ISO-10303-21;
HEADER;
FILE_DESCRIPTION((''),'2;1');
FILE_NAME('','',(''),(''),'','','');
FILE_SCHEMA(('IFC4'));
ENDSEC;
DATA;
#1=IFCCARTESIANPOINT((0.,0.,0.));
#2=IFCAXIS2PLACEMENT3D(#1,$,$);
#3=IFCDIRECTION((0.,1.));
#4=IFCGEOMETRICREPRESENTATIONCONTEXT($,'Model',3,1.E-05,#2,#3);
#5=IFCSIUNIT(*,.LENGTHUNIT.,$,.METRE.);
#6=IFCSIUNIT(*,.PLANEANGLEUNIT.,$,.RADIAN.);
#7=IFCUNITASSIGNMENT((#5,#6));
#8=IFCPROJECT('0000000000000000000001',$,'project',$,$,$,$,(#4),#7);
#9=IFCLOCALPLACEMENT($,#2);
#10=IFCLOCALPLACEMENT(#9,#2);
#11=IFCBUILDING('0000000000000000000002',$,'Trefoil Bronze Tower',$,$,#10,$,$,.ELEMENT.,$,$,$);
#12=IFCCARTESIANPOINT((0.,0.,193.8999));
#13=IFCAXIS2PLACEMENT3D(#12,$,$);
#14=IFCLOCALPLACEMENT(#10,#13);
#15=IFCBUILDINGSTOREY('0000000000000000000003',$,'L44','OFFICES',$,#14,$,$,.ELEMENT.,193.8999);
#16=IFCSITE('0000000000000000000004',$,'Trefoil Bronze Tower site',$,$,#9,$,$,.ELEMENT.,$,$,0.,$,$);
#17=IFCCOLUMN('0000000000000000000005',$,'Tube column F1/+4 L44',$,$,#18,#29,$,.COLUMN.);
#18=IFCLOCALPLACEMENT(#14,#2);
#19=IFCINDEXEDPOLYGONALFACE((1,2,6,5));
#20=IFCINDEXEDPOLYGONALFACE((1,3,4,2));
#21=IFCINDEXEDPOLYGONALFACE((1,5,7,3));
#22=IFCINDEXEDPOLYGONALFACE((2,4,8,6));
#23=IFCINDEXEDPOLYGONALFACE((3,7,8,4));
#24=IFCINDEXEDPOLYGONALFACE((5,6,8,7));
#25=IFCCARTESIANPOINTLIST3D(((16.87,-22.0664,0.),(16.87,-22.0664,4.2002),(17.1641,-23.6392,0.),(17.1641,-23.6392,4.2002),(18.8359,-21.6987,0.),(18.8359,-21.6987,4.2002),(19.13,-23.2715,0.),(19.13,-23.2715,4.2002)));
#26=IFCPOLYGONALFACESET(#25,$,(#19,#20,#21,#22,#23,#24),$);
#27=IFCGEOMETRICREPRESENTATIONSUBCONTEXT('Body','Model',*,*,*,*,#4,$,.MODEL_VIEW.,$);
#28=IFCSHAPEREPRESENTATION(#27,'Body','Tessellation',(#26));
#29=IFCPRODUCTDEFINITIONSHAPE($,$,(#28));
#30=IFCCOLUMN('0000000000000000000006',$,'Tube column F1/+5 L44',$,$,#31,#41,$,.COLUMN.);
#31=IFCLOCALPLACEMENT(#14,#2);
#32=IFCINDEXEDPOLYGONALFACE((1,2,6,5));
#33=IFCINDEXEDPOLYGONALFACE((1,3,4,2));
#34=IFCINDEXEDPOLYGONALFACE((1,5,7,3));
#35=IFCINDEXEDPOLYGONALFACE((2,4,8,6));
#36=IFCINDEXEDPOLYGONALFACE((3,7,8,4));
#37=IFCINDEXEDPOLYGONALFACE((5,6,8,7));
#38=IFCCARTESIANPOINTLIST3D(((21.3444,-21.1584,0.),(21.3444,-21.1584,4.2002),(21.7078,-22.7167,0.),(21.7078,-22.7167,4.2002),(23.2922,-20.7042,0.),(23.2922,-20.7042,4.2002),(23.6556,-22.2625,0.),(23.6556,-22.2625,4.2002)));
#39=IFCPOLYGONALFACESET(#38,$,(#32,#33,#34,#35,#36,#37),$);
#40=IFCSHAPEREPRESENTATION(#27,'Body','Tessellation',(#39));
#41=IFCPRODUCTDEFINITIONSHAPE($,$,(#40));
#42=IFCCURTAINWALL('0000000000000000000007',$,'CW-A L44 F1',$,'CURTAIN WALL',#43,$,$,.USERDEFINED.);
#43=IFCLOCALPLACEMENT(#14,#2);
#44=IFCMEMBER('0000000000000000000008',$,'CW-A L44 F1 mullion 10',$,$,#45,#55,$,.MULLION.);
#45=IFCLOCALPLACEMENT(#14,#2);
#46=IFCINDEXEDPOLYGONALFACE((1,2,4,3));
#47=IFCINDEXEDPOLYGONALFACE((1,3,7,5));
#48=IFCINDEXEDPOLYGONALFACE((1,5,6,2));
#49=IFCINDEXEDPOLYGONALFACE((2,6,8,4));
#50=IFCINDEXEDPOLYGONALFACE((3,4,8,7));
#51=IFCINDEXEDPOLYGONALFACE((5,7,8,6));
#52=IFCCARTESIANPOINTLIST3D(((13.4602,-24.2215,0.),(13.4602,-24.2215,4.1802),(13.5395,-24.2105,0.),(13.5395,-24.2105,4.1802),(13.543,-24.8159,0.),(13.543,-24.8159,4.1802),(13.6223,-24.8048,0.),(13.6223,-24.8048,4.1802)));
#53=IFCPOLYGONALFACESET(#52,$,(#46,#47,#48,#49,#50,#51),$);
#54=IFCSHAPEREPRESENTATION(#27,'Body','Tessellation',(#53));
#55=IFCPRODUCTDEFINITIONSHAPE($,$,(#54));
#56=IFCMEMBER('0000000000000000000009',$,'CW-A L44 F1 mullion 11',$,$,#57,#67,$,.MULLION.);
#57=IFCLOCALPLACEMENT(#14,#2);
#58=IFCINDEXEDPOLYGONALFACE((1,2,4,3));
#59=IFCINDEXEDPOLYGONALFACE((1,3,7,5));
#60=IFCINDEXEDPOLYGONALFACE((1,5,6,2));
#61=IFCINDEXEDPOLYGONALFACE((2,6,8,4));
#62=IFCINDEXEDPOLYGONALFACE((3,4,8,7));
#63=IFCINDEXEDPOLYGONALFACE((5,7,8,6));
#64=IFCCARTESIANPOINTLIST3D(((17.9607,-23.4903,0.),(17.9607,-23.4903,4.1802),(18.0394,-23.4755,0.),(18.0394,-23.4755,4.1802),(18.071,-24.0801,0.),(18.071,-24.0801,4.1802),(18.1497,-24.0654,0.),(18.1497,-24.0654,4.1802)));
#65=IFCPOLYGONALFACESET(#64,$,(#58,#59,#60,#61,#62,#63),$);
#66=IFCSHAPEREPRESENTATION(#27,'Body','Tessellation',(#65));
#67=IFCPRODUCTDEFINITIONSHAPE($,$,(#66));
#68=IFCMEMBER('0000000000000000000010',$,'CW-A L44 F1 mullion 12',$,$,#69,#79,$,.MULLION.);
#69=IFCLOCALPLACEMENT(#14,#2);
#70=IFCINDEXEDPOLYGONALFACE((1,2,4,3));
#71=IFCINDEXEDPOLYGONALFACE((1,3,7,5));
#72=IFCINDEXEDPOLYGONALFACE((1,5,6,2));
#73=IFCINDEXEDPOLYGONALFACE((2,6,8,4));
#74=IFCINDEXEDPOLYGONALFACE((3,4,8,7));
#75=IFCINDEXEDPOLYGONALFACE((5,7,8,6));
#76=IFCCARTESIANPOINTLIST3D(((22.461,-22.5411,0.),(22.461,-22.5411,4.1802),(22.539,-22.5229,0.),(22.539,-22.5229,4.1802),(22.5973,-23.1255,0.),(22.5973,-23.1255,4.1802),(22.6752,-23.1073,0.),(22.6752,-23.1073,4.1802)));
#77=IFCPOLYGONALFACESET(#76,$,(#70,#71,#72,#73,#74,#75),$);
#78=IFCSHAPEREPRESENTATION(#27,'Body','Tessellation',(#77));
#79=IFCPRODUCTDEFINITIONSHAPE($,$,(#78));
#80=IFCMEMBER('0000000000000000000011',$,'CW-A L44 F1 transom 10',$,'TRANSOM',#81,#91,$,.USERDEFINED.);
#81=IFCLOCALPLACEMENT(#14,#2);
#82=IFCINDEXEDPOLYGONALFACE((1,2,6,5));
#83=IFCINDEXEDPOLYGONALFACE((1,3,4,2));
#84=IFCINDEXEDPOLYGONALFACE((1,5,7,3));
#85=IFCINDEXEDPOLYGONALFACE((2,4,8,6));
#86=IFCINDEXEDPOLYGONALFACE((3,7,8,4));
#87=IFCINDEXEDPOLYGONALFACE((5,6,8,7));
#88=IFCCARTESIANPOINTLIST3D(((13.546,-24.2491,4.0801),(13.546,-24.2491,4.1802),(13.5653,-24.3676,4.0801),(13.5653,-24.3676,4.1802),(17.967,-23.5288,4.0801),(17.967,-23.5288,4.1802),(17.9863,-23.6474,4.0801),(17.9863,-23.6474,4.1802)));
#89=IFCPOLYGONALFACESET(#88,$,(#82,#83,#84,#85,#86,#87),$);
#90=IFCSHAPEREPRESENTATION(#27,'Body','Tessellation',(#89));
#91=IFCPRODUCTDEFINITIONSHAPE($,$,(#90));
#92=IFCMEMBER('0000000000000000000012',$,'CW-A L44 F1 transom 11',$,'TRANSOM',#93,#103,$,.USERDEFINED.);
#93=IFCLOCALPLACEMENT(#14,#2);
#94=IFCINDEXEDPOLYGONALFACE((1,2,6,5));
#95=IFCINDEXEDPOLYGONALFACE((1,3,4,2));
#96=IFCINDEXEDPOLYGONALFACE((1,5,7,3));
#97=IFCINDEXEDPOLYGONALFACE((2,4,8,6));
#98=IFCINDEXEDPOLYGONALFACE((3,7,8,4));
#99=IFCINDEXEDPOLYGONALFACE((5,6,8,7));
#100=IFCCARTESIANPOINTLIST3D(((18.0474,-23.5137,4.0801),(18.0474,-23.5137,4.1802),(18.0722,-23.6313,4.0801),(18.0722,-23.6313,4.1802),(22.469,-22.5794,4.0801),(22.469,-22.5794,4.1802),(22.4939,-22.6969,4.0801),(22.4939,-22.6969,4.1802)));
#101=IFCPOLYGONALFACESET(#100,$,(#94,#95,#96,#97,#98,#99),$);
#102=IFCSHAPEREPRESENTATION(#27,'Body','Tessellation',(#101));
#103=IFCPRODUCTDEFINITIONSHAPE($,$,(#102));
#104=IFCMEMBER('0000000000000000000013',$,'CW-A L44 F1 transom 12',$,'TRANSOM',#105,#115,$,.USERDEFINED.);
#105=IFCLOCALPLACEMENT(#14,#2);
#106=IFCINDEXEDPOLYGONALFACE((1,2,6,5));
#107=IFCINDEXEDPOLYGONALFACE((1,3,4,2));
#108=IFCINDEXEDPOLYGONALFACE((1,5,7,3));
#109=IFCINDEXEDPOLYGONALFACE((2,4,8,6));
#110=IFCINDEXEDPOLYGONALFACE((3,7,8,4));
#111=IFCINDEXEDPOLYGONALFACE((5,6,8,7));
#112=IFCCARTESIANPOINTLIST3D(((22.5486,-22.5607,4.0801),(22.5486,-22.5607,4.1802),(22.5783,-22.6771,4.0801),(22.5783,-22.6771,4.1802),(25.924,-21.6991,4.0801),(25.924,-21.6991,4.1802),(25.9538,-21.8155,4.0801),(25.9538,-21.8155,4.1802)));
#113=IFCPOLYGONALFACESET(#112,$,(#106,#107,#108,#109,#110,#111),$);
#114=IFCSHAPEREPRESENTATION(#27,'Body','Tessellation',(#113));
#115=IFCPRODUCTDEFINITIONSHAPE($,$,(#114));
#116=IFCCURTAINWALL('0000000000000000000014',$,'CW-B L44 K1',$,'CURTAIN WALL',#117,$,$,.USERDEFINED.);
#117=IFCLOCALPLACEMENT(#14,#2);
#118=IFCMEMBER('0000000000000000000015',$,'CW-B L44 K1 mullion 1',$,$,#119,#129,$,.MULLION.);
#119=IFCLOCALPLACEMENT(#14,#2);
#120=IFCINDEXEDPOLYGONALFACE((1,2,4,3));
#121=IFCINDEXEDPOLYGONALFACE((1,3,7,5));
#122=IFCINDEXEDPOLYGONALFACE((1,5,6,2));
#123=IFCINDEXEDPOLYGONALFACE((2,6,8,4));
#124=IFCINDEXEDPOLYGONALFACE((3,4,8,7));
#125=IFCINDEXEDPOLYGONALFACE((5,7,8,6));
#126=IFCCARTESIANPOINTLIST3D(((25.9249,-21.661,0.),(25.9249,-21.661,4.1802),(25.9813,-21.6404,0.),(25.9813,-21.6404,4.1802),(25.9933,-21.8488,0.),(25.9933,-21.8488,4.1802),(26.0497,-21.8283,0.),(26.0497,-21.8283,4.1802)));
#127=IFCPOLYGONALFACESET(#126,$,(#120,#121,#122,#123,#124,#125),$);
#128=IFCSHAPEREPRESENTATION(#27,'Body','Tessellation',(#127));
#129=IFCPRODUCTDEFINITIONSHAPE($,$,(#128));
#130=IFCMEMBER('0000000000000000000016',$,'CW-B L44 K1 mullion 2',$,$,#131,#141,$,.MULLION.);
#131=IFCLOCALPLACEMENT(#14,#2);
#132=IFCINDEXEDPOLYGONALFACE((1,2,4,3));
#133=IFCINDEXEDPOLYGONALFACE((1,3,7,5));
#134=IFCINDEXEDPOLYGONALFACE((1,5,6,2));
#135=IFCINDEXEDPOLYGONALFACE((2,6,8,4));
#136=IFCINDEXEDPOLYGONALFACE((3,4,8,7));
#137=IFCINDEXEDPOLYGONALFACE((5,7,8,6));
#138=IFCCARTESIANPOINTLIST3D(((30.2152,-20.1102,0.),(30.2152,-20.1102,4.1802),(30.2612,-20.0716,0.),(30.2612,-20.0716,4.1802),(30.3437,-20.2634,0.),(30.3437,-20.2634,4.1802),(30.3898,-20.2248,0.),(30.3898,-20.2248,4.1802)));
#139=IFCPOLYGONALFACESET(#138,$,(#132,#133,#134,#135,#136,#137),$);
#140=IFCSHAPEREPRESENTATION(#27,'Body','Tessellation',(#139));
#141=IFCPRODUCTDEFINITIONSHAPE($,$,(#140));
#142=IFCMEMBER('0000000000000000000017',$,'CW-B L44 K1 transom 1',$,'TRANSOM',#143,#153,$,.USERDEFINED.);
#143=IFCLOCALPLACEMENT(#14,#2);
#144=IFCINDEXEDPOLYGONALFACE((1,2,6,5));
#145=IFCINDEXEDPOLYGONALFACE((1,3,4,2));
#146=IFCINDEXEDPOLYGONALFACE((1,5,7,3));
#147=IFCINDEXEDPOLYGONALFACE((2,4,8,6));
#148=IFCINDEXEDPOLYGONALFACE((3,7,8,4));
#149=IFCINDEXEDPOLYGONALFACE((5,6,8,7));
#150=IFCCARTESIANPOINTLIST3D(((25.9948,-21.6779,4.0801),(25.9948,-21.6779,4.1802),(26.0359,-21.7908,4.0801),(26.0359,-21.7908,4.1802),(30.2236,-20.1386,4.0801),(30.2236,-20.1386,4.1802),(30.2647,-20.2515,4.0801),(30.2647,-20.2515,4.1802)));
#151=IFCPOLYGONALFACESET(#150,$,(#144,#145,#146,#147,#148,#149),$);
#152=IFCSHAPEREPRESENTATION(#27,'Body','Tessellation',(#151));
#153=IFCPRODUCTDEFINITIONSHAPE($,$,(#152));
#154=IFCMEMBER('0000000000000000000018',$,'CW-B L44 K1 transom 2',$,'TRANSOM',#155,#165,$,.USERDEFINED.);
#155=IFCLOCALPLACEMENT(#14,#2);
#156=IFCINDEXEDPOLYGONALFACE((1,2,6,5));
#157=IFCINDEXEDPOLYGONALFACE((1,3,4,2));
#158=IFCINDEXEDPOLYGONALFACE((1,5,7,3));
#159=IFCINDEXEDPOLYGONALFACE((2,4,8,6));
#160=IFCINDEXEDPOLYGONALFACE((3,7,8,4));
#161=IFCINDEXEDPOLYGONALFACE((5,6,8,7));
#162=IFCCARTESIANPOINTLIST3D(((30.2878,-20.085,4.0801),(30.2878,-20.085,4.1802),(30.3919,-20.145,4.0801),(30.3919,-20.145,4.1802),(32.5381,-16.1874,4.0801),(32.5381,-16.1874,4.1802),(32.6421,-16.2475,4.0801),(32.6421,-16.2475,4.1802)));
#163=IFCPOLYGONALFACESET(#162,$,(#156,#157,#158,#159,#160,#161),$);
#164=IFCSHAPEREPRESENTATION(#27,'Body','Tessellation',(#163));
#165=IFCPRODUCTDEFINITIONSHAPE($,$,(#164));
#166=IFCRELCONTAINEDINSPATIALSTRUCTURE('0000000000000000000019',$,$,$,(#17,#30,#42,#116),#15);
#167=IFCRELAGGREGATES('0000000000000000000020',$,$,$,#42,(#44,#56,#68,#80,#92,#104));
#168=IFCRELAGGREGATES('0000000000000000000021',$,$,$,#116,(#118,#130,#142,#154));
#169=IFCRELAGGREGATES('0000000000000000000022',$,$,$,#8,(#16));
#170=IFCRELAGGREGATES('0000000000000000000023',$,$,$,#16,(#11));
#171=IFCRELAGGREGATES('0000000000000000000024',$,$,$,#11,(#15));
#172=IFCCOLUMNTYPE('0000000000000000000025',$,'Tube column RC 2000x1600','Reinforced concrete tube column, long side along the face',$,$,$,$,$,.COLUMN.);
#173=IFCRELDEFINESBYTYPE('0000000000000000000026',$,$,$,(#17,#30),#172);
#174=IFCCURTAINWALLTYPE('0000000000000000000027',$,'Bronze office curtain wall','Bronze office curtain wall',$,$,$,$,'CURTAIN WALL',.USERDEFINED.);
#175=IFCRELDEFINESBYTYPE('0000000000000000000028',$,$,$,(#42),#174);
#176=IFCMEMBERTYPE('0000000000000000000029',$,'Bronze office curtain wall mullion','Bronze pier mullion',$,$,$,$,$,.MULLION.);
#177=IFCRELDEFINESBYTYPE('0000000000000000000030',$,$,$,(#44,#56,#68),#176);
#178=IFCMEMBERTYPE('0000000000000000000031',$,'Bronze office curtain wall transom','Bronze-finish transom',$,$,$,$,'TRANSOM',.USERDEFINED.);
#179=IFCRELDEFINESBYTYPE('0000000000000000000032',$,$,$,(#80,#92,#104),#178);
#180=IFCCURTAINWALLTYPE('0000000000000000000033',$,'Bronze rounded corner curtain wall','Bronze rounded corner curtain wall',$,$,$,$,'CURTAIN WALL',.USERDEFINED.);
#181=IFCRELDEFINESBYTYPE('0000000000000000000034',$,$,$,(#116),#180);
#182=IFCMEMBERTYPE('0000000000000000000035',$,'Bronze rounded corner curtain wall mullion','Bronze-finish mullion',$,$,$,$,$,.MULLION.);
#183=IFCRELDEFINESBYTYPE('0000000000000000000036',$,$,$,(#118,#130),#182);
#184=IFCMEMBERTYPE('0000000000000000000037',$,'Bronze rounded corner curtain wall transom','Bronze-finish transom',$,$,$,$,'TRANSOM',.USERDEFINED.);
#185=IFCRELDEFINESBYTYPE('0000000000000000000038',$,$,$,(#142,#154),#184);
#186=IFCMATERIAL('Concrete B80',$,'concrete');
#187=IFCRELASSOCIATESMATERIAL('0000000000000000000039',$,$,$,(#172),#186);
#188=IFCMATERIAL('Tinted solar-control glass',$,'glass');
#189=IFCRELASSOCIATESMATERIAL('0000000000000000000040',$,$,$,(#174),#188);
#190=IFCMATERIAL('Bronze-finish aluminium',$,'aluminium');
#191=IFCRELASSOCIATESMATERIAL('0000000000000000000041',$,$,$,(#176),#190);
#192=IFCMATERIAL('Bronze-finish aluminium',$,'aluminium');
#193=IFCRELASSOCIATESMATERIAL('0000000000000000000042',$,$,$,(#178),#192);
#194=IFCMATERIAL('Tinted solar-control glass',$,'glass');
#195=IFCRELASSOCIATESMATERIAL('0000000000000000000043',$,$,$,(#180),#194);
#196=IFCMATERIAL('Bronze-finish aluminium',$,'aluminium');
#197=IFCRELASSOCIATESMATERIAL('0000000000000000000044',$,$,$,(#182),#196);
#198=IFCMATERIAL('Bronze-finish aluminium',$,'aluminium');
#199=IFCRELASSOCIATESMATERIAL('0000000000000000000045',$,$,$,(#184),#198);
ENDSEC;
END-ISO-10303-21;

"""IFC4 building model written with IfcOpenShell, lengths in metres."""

from ifc_helpers import new_model, si_unit, direction, frame, origin, origin_2d, place, context, subcontext, project, spatial, rectangle, extrude, material, material_profile, profile_set, type_object, element, aggregate, save


model = new_model("IFC4")

# Units and contexts
model_context = context("Model", 3, precision=1e-05, world=origin(), true_north=direction((0.0, 1.0)))
body_context = subcontext(model_context, "Body", "Model", "MODEL_VIEW")
ifc_project = project(units=[si_unit("LENGTHUNIT", "METRE"), si_unit("PLANEANGLEUNIT", "RADIAN")], contexts=[model_context])

# Site, building, storey
site_placement = place(None, origin())
site = spatial("IfcSite", under=ifc_project, at=site_placement, Name="Trefoil Bronze Tower site", CompositionType="ELEMENT", RefElevation=0.0)
building_placement = place(site_placement, origin())
building = spatial("IfcBuilding", under=site, at=building_placement, Name="Trefoil Bronze Tower", CompositionType="ELEMENT")
storey_placement = place(building_placement, frame((0.0, 0.0, 193.8999)))
storey = spatial("IfcBuildingStorey", under=building, at=storey_placement, Name="L44", Description="OFFICES", CompositionType="ELEMENT", Elevation=193.8999)

# Columns
ifc_material_1 = material(Name="Concrete B80", Category="concrete")
ifc_material_profile_1 = material_profile(ifc_material_1, rectangle(XDim=2.0, YDim=1.6001, at=origin_2d()), Name="RC 2000x1600")
ifc_profile_set_1 = profile_set([ifc_material_profile_1], Name="Concrete B80")
column_type = type_object("IfcColumnType", Name="Tube column RC 2000x1600", Description="Reinforced concrete tube column, long side along the face", PredefinedType="COLUMN", material=ifc_profile_set_1)
for number, where, z_axis, x_axis, name in (
    (1, (18.0, -22.6689, 0.0), (0.0, 0.0, 1.0), (0.982959, 0.183825, 0.0), "Tube column F1/+4 L44"),
    (2, (22.5, -21.7104, 0.0), (0.0, 0.0, 1.0), (0.973875, 0.227083, 0.0), "Tube column F1/+5 L44"),
):
    element("IfcColumn", number, at=place(storey_placement, frame(where, z_axis=z_axis, x_axis=x_axis)), inside=storey, type_object=column_type, Name=name, PredefinedType="COLUMN", context=body_context, shape_type="SweptSolid", body=[
        extrude(rectangle(XDim=2.0, YDim=1.6001, at=origin_2d()), origin(), (0.0, 0.0, 1.0), 4.2002),
    ])

# Curtain walls, members
ifc_material_2 = material(Name="Tinted solar-control glass", Category="glass")
curtain_wall_type_1 = type_object("IfcCurtainWallType", Name="Bronze office curtain wall", Description="Bronze office curtain wall", ElementType="CURTAIN WALL", PredefinedType="USERDEFINED", material=ifc_material_2)
curtain_wall_1_placement = place(storey_placement, origin())
curtain_wall_1 = element("IfcCurtainWall", 3, at=curtain_wall_1_placement, inside=storey, type_object=curtain_wall_type_1, Name="CW-A L44 F1", ObjectType="CURTAIN WALL", PredefinedType="USERDEFINED")
ifc_material_3 = material(Name="Bronze-finish aluminium", Category="aluminium")
ifc_material_profile_2 = material_profile(ifc_material_3, rectangle(XDim=0.6001, YDim=0.0801, at=origin_2d()), Name="CW-A mullion")
ifc_profile_set_2 = profile_set([ifc_material_profile_2], Name="Bronze-finish aluminium")
member_type_1 = type_object("IfcMemberType", Name="Bronze office curtain wall mullion", Description="Bronze pier mullion", PredefinedType="MULLION", material=ifc_profile_set_2)
member_1_placement = place(storey_placement, frame((13.5413, -24.5132, 0.0), z_axis=(0.0, 0.0, 1.0), x_axis=(-0.137868, 0.990451, 0.0)))
member_1 = element("IfcMember", 4, at=member_1_placement, type_object=member_type_1, Name="CW-A L44 F1 mullion 10", PredefinedType="MULLION", context=body_context, shape_type="SweptSolid", body=[
    extrude(rectangle(XDim=0.6001, YDim=0.0801, at=origin_2d()), origin(), (0.0, 0.0, 1.0), 4.1802),
])
member_2_placement = place(storey_placement, frame((18.0552, -23.7778, 0.0), z_axis=(0.0, 0.0, 1.0), x_axis=(-0.183825, 0.982959, 0.0)))
member_2 = element("IfcMember", 5, at=member_2_placement, type_object=member_type_1, Name="CW-A L44 F1 mullion 11", PredefinedType="MULLION", context=body_context, shape_type="SweptSolid", body=[
    extrude(rectangle(XDim=0.6001, YDim=0.0801, at=origin_2d()), origin(), (0.0, 0.0, 1.0), 4.1802),
])
member_3_placement = place(storey_placement, frame((22.5681, -22.8242, 0.0), z_axis=(0.0, 0.0, 1.0), x_axis=(-0.227083, 0.973875, 0.0)))
member_3 = element("IfcMember", 6, at=member_3_placement, type_object=member_type_1, Name="CW-A L44 F1 mullion 12", PredefinedType="MULLION", context=body_context, shape_type="SweptSolid", body=[
    extrude(rectangle(XDim=0.6001, YDim=0.0801, at=origin_2d()), origin(), (0.0, 0.0, 1.0), 4.1802),
])
ifc_material_4 = material(Name="Bronze-finish aluminium", Category="aluminium")
ifc_material_profile_3 = material_profile(ifc_material_4, rectangle(XDim=0.1201, YDim=0.1001, at=origin_2d()), Name="CW-A transom")
ifc_profile_set_3 = profile_set([ifc_material_profile_3], Name="Bronze-finish aluminium")
member_type_2 = type_object("IfcMemberType", Name="Bronze office curtain wall transom", Description="Bronze-finish transom", ElementType="TRANSOM", PredefinedType="USERDEFINED", material=ifc_profile_set_3)
member_4_placement = place(storey_placement, frame((13.5557, -24.3083, 4.1301), z_axis=(0.986988, 0.160792, 0.0), x_axis=(-0.160792, 0.986988, 0.0)))
member_4 = element("IfcMember", 7, at=member_4_placement, type_object=member_type_2, Name="CW-A L44 F1 transom 10", ObjectType="TRANSOM", PredefinedType="USERDEFINED", context=body_context, shape_type="SweptSolid", body=[
    extrude(rectangle(XDim=0.1201, YDim=0.1001, at=origin_2d()), origin(), (0.0, 0.0, 1.0), 4.4792),
])
member_5_placement = place(storey_placement, frame((18.0598, -23.5725, 4.1301), z_axis=(0.978395, 0.206743, 0.0), x_axis=(-0.206743, 0.978395, 0.0)))
member_5 = element("IfcMember", 8, at=member_5_placement, type_object=member_type_2, Name="CW-A L44 F1 transom 11", ObjectType="TRANSOM", PredefinedType="USERDEFINED", context=body_context, shape_type="SweptSolid", body=[
    extrude(rectangle(XDim=0.1201, YDim=0.1001, at=origin_2d()), origin(), (0.0, 0.0, 1.0), 4.5193),
])
member_6_placement = place(storey_placement, frame((22.5635, -22.6189, 4.1301), z_axis=(0.968935, 0.247315, 0.0), x_axis=(-0.247315, 0.968935, 0.0)))
member_6 = element("IfcMember", 9, at=member_6_placement, type_object=member_type_2, Name="CW-A L44 F1 transom 12", ObjectType="TRANSOM", PredefinedType="USERDEFINED", context=body_context, shape_type="SweptSolid", body=[
    extrude(rectangle(XDim=0.1201, YDim=0.1001, at=origin_2d()), origin(), (0.0, 0.0, 1.0), 3.4836),
])
ifc_material_5 = material(Name="Tinted solar-control glass", Category="glass")
curtain_wall_type_2 = type_object("IfcCurtainWallType", Name="Bronze rounded corner curtain wall", Description="Bronze rounded corner curtain wall", ElementType="CURTAIN WALL", PredefinedType="USERDEFINED", material=ifc_material_5)
curtain_wall_2_placement = place(storey_placement, origin())
curtain_wall_2 = element("IfcCurtainWall", 10, at=curtain_wall_2_placement, inside=storey, type_object=curtain_wall_type_2, Name="CW-B L44 K1", ObjectType="CURTAIN WALL", PredefinedType="USERDEFINED")
ifc_material_6 = material(Name="Bronze-finish aluminium", Category="aluminium")
ifc_material_profile_4 = material_profile(ifc_material_6, rectangle(XDim=0.2, YDim=0.0601, at=origin_2d()), Name="CW-B mullion")
ifc_profile_set_4 = profile_set([ifc_material_profile_4], Name="Bronze-finish aluminium")
member_type_3 = type_object("IfcMemberType", Name="Bronze rounded corner curtain wall mullion", Description="Bronze-finish mullion", PredefinedType="MULLION", material=ifc_profile_set_4)
member_7_placement = place(storey_placement, frame((25.9873, -21.7446, 0.0), z_axis=(0.0, 0.0, 1.0), x_axis=(-0.34202, 0.939693, 0.0)))
member_7 = element("IfcMember", 11, at=member_7_placement, type_object=member_type_3, Name="CW-B L44 K1 mullion 1", PredefinedType="MULLION", context=body_context, shape_type="SweptSolid", body=[
    extrude(rectangle(XDim=0.2, YDim=0.0601, at=origin_2d()), origin(), (0.0, 0.0, 1.0), 4.1802),
])
member_8_placement = place(storey_placement, frame((30.3025, -20.1675, 0.0), z_axis=(0.0, 0.0, 1.0), x_axis=(-0.642788, 0.766044, 0.0)))
member_8 = element("IfcMember", 12, at=member_8_placement, type_object=member_type_3, Name="CW-B L44 K1 mullion 2", PredefinedType="MULLION", context=body_context, shape_type="SweptSolid", body=[
    extrude(rectangle(XDim=0.2, YDim=0.0601, at=origin_2d()), origin(), (0.0, 0.0, 1.0), 4.1802),
])
ifc_material_7 = material(Name="Bronze-finish aluminium", Category="aluminium")
ifc_material_profile_5 = material_profile(ifc_material_7, rectangle(XDim=0.1201, YDim=0.1001, at=origin_2d()), Name="CW-B transom")
ifc_profile_set_5 = profile_set([ifc_material_profile_5], Name="Bronze-finish aluminium")
member_type_4 = type_object("IfcMemberType", Name="Bronze rounded corner curtain wall transom", Description="Bronze-finish transom", ElementType="TRANSOM", PredefinedType="USERDEFINED", material=ifc_profile_set_5)
member_9_placement = place(storey_placement, frame((26.0154, -21.7344, 4.1301), z_axis=(0.939681, 0.342052, 0.0), x_axis=(-0.342052, 0.939681, 0.0)))
member_9 = element("IfcMember", 13, at=member_9_placement, type_object=member_type_4, Name="CW-B L44 K1 transom 1", ObjectType="TRANSOM", PredefinedType="USERDEFINED", context=body_context, shape_type="SweptSolid", body=[
    extrude(rectangle(XDim=0.1201, YDim=0.1001, at=origin_2d()), origin(), (0.0, 0.0, 1.0), 4.5002),
])
member_10_placement = place(storey_placement, frame((30.3398, -20.115, 4.1301), z_axis=(0.500007, 0.866021, 0.0), x_axis=(-0.866021, 0.500007, 0.0)))
member_10 = element("IfcMember", 14, at=member_10_placement, type_object=member_type_4, Name="CW-B L44 K1 transom 2", ObjectType="TRANSOM", PredefinedType="USERDEFINED", context=body_context, shape_type="SweptSolid", body=[
    extrude(rectangle(XDim=0.1201, YDim=0.1001, at=origin_2d()), origin(), (0.0, 0.0, 1.0), 4.5005),
])

aggregate(curtain_wall_1, [member_1, member_2, member_3, member_4, member_5, member_6])
aggregate(curtain_wall_2, [member_7, member_8, member_9, member_10])

save(model, "model.ifc")
